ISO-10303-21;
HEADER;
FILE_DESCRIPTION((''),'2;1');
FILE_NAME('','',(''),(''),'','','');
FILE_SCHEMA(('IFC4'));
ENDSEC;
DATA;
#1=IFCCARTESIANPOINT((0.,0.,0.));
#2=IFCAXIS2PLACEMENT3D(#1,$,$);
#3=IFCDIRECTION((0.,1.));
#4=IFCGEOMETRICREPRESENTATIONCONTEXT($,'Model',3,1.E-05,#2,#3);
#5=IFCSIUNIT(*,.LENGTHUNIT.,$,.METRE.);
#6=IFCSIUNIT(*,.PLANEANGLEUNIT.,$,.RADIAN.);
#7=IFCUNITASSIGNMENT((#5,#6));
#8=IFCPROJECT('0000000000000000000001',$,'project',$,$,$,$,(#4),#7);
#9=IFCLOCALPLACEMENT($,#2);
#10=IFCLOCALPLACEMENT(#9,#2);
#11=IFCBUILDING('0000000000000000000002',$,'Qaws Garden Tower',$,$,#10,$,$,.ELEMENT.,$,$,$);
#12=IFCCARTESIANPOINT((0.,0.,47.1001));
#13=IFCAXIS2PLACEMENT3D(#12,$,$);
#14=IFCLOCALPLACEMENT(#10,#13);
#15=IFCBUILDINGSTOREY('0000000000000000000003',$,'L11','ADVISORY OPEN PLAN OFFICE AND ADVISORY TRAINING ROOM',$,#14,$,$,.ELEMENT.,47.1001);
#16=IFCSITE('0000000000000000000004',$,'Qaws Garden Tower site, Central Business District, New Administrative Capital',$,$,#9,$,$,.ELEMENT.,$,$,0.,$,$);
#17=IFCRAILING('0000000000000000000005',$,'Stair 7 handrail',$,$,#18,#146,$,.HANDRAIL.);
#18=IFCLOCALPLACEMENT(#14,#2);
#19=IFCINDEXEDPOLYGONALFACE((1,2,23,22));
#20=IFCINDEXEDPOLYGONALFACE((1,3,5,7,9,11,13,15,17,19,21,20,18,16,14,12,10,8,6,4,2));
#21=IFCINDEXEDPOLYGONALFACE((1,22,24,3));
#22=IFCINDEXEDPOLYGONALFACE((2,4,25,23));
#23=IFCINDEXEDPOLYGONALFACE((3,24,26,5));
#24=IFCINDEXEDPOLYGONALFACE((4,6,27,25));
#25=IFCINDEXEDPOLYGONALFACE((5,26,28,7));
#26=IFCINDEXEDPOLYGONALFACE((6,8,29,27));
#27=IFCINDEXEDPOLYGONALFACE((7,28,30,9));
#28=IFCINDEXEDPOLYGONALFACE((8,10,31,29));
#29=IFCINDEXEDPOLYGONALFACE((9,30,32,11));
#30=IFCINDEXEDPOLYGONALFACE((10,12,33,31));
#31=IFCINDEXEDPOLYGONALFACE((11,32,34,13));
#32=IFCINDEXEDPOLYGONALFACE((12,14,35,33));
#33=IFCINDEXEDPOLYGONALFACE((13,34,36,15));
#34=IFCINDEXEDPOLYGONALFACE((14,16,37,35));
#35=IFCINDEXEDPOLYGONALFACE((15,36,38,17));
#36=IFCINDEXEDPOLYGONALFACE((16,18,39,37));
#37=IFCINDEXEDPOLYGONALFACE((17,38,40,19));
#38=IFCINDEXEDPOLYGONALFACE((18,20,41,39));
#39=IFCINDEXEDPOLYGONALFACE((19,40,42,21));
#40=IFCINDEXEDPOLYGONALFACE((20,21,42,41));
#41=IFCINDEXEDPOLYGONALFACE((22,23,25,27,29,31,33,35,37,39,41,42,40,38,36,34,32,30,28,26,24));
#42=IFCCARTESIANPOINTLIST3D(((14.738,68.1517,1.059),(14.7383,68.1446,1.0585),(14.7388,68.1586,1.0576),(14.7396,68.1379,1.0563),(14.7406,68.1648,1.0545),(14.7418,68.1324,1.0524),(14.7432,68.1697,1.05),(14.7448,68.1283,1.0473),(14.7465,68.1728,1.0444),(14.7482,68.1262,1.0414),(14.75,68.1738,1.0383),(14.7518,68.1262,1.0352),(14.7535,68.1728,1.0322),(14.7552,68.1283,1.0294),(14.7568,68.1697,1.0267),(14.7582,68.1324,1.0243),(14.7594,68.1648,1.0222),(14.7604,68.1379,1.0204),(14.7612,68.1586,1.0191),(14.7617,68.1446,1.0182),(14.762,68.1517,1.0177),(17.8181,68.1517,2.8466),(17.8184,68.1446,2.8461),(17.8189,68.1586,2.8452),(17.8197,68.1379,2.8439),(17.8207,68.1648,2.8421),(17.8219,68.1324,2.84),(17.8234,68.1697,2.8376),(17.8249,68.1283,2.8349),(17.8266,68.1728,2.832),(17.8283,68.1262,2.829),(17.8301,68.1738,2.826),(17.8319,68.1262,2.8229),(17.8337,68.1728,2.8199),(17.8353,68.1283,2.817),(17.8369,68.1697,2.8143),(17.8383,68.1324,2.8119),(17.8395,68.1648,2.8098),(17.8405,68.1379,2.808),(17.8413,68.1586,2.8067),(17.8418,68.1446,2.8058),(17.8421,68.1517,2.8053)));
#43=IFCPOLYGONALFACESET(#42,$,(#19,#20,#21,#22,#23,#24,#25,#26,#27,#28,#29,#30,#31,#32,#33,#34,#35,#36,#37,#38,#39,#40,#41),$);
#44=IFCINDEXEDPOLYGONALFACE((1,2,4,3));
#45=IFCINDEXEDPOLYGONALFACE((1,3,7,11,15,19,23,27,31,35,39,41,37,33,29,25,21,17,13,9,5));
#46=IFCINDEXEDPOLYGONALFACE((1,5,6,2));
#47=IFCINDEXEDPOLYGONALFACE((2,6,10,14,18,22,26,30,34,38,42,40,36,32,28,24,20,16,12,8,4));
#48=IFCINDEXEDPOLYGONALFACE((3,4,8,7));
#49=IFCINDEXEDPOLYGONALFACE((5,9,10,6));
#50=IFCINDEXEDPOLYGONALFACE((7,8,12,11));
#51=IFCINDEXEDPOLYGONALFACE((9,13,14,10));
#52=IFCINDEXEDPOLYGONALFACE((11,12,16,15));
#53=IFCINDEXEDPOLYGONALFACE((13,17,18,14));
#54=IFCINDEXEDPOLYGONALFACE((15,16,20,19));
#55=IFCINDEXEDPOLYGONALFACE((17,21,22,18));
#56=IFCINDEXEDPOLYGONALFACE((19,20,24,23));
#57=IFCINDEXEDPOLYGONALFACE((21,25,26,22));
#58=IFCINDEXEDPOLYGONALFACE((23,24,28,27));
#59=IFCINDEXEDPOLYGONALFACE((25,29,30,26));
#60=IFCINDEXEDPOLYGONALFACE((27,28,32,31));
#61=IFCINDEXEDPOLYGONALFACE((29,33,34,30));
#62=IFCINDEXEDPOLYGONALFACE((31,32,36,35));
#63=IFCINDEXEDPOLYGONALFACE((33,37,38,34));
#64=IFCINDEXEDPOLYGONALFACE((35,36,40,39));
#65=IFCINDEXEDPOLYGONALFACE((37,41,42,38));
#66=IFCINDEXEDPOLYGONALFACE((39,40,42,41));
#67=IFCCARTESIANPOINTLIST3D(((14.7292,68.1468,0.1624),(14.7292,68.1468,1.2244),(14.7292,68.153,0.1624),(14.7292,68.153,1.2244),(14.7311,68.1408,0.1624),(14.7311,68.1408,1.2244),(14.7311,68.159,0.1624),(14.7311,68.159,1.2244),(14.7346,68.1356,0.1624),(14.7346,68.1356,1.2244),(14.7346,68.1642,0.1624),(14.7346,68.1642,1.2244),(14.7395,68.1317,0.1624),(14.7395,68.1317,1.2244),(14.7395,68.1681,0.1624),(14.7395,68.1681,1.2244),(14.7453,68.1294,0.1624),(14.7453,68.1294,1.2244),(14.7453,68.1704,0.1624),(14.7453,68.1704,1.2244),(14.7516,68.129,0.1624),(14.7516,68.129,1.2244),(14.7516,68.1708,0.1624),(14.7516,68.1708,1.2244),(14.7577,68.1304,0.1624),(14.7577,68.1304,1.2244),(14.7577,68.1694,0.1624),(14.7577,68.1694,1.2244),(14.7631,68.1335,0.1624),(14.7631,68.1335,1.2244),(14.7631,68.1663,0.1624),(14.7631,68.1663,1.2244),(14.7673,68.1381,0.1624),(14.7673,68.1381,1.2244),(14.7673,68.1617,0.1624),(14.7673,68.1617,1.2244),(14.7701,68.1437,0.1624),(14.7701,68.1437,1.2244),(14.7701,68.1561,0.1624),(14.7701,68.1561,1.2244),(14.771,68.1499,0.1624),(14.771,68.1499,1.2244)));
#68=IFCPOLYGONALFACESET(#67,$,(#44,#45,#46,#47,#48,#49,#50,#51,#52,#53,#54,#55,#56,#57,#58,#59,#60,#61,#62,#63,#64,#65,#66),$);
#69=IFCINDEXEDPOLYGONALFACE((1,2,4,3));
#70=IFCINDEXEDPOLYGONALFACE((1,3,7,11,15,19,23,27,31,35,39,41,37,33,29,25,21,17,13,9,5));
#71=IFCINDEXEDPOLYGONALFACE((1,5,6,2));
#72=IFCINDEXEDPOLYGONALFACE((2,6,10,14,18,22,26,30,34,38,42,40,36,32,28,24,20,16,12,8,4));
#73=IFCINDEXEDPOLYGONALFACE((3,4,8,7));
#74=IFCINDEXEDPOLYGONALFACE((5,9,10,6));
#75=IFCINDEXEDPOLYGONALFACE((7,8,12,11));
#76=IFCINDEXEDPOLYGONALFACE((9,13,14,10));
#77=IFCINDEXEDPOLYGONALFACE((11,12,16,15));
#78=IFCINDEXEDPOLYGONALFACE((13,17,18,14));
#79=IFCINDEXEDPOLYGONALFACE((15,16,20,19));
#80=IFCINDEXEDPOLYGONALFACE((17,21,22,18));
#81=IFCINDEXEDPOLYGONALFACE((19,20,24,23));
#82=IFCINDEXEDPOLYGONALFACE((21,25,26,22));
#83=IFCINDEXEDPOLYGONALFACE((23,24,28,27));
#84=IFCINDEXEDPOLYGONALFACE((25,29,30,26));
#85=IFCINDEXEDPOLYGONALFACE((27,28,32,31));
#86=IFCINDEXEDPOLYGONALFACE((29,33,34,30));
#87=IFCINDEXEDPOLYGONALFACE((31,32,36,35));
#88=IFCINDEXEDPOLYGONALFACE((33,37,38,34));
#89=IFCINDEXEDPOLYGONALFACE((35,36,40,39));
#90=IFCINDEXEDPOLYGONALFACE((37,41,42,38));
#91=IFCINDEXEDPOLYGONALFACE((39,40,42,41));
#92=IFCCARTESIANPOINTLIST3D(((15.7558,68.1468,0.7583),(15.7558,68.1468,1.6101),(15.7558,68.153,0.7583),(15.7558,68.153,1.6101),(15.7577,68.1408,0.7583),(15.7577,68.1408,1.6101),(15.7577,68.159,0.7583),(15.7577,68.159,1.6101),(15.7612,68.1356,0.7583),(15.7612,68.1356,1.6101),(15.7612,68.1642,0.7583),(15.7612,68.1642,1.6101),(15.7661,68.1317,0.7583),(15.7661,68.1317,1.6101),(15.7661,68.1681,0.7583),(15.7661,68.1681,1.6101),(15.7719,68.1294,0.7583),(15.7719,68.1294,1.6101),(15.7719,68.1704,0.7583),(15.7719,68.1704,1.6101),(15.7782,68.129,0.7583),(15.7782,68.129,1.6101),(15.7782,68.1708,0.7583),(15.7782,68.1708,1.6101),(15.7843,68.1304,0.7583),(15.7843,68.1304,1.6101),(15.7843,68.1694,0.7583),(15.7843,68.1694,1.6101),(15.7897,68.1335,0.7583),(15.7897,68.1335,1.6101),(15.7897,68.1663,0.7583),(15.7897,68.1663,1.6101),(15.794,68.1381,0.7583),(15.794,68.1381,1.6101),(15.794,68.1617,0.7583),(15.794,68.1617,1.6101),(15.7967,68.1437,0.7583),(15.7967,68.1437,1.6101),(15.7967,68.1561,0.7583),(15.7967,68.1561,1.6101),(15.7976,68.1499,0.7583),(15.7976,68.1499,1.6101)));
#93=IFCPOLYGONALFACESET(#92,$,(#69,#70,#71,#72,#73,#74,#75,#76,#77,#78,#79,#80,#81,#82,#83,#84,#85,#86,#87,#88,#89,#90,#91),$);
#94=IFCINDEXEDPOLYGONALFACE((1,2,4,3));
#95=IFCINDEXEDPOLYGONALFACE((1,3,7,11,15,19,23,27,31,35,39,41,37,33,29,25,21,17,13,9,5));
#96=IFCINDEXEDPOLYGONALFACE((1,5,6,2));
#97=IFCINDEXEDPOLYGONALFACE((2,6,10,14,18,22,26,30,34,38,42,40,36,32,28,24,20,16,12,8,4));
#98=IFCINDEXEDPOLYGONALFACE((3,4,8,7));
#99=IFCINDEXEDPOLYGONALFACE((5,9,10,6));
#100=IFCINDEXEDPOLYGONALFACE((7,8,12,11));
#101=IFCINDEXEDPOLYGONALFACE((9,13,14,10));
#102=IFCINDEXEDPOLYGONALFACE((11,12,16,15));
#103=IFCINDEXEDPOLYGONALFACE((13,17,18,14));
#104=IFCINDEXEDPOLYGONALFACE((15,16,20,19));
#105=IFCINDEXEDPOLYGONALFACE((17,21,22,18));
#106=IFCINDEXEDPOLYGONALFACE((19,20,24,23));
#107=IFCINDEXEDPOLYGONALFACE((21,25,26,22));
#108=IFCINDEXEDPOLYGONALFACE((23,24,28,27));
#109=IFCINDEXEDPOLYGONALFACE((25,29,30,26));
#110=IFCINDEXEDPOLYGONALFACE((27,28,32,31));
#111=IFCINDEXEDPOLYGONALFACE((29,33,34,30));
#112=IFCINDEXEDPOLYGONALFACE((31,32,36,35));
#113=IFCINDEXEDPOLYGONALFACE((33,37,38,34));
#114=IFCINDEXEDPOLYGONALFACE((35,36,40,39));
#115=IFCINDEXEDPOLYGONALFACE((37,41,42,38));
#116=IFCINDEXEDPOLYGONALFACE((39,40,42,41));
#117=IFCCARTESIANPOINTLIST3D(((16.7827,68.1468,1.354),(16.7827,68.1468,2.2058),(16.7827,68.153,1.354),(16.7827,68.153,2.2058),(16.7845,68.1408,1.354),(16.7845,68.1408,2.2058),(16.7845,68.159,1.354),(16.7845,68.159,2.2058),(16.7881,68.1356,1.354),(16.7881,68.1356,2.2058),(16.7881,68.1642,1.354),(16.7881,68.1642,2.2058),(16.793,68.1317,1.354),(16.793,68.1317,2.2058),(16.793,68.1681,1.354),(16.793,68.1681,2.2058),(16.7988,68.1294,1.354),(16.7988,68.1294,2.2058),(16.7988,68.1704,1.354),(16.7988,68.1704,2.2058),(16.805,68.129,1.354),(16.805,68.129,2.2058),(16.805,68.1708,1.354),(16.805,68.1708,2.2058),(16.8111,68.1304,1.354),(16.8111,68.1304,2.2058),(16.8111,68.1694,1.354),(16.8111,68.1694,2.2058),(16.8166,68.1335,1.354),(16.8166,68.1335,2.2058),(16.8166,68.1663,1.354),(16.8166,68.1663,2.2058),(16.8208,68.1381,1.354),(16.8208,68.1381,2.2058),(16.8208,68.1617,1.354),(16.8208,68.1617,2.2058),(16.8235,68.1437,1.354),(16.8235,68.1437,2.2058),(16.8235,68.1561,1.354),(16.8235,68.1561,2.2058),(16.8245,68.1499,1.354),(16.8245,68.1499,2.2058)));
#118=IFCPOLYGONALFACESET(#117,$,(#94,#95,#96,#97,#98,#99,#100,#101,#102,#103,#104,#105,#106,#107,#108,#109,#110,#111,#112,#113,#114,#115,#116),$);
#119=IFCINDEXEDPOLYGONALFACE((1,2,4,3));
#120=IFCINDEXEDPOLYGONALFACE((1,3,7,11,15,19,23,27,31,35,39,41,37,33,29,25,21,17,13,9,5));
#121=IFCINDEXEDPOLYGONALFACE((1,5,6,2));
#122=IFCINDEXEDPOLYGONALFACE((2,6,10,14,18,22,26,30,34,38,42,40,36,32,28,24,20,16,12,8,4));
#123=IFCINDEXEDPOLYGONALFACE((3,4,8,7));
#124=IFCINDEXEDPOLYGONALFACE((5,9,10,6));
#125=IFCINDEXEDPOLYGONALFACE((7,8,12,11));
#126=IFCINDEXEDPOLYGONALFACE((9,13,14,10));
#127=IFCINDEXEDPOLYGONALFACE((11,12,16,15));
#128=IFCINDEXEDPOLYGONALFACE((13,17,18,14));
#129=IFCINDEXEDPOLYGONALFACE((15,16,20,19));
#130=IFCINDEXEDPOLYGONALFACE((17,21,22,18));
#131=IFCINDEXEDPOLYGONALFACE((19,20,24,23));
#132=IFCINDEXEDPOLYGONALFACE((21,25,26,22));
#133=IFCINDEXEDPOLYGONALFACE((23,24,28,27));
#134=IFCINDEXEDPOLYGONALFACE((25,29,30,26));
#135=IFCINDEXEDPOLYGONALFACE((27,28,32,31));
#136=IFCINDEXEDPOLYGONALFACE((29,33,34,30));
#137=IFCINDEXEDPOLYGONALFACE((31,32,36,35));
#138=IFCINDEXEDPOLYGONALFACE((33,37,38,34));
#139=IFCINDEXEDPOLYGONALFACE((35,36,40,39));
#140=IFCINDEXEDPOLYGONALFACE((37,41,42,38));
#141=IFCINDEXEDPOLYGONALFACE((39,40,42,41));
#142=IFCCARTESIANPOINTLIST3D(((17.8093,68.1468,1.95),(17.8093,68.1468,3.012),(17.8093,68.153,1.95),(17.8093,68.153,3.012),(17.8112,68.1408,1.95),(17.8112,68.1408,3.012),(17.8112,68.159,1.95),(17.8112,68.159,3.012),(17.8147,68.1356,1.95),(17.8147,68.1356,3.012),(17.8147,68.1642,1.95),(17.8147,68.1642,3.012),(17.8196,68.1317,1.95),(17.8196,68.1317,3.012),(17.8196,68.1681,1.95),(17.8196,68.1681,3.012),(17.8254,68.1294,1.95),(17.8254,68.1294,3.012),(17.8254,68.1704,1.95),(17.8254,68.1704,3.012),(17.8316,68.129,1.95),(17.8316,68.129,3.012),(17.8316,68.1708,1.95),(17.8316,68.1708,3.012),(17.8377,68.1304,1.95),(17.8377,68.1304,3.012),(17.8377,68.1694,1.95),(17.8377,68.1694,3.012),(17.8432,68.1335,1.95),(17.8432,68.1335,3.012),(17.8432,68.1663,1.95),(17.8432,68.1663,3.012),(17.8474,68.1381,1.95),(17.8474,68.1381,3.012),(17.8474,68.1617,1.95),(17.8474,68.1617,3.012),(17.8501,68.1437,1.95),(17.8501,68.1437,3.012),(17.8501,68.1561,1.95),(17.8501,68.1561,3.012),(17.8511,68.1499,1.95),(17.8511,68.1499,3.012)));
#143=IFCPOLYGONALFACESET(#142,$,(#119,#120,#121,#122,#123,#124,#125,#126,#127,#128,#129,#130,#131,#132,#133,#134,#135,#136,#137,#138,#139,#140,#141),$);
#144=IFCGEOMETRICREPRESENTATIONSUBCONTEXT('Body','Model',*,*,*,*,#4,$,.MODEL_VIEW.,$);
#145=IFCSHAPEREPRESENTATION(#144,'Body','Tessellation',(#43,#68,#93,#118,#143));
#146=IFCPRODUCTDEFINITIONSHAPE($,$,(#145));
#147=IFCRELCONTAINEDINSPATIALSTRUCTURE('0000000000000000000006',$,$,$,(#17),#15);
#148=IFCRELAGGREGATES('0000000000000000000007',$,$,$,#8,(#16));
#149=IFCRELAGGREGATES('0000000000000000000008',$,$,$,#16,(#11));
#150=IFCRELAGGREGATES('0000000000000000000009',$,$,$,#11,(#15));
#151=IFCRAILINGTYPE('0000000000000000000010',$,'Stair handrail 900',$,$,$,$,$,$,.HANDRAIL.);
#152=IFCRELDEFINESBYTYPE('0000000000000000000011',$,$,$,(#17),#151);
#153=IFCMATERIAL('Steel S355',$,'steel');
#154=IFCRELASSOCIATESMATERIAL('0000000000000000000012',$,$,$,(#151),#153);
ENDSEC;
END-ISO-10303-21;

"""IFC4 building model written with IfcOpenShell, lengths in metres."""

from ifc_helpers import new_model, si_unit, direction, frame, origin, origin_2d, place, context, subcontext, project, spatial, circle, extrude, material, type_object, element, save


model = new_model("IFC4")

# Units and contexts
model_context = context("Model", 3, precision=1e-05, world=origin(), true_north=direction((0.0, 1.0)))
body_context = subcontext(model_context, "Body", "Model", "MODEL_VIEW")
ifc_project = project(units=[si_unit("LENGTHUNIT", "METRE"), si_unit("PLANEANGLEUNIT", "RADIAN")], contexts=[model_context])

# Site, building, storey
site_placement = place(None, origin())
site = spatial("IfcSite", under=ifc_project, at=site_placement, Name="Qaws Garden Tower site, Central Business District, New Administrative Capital", CompositionType="ELEMENT", RefElevation=0.0)
building_placement = place(site_placement, origin())
building = spatial("IfcBuilding", under=site, at=building_placement, Name="Qaws Garden Tower", CompositionType="ELEMENT")
storey_placement = place(building_placement, frame((0.0, 0.0, 47.1001)))
storey = spatial("IfcBuildingStorey", under=building, at=storey_placement, Name="L11", Description="ADVISORY OPEN PLAN OFFICE AND ADVISORY TRAINING ROOM", CompositionType="ELEMENT", Elevation=47.1001)

# Railing
ifc_material_1 = material(Name="Steel S355", Category="steel")
railing_type = type_object("IfcRailingType", Name="Stair handrail 900", PredefinedType="HANDRAIL", material=ifc_material_1)
railing_1_placement = place(storey_placement, frame((14.75, 68.1499, 0.1624)))
element("IfcRailing", 1, at=railing_1_placement, inside=storey, type_object=railing_type, Name="Stair 7 handrail", PredefinedType="HANDRAIL", context=body_context, shape_type="SweptSolid", body=[
    extrude(circle(Radius=0.0239, at=origin_2d()), frame((0.0, 0.0, 0.876), z_axis=(0.864891, 0.0, 0.50196), x_axis=(0.0, 1.0, 0.0)), (0.0, 0.0, 1.0), 3.5613),
    extrude(circle(Radius=0.021, at=origin_2d()), origin(), (0.0, 0.0, 1.0), 1.062),
    extrude(circle(Radius=0.021, at=origin_2d()), frame((1.0266, 0.0, 0.5959)), (0.0, 0.0, 1.0), 0.8518),
    extrude(circle(Radius=0.021, at=origin_2d()), frame((2.0535, 0.0, 1.1917)), (0.0, 0.0, 1.0), 0.8518),
    extrude(circle(Radius=0.021, at=origin_2d()), frame((3.0801, 0.0, 1.7876)), (0.0, 0.0, 1.0), 1.062),
])

save(model, "model.ifc")
